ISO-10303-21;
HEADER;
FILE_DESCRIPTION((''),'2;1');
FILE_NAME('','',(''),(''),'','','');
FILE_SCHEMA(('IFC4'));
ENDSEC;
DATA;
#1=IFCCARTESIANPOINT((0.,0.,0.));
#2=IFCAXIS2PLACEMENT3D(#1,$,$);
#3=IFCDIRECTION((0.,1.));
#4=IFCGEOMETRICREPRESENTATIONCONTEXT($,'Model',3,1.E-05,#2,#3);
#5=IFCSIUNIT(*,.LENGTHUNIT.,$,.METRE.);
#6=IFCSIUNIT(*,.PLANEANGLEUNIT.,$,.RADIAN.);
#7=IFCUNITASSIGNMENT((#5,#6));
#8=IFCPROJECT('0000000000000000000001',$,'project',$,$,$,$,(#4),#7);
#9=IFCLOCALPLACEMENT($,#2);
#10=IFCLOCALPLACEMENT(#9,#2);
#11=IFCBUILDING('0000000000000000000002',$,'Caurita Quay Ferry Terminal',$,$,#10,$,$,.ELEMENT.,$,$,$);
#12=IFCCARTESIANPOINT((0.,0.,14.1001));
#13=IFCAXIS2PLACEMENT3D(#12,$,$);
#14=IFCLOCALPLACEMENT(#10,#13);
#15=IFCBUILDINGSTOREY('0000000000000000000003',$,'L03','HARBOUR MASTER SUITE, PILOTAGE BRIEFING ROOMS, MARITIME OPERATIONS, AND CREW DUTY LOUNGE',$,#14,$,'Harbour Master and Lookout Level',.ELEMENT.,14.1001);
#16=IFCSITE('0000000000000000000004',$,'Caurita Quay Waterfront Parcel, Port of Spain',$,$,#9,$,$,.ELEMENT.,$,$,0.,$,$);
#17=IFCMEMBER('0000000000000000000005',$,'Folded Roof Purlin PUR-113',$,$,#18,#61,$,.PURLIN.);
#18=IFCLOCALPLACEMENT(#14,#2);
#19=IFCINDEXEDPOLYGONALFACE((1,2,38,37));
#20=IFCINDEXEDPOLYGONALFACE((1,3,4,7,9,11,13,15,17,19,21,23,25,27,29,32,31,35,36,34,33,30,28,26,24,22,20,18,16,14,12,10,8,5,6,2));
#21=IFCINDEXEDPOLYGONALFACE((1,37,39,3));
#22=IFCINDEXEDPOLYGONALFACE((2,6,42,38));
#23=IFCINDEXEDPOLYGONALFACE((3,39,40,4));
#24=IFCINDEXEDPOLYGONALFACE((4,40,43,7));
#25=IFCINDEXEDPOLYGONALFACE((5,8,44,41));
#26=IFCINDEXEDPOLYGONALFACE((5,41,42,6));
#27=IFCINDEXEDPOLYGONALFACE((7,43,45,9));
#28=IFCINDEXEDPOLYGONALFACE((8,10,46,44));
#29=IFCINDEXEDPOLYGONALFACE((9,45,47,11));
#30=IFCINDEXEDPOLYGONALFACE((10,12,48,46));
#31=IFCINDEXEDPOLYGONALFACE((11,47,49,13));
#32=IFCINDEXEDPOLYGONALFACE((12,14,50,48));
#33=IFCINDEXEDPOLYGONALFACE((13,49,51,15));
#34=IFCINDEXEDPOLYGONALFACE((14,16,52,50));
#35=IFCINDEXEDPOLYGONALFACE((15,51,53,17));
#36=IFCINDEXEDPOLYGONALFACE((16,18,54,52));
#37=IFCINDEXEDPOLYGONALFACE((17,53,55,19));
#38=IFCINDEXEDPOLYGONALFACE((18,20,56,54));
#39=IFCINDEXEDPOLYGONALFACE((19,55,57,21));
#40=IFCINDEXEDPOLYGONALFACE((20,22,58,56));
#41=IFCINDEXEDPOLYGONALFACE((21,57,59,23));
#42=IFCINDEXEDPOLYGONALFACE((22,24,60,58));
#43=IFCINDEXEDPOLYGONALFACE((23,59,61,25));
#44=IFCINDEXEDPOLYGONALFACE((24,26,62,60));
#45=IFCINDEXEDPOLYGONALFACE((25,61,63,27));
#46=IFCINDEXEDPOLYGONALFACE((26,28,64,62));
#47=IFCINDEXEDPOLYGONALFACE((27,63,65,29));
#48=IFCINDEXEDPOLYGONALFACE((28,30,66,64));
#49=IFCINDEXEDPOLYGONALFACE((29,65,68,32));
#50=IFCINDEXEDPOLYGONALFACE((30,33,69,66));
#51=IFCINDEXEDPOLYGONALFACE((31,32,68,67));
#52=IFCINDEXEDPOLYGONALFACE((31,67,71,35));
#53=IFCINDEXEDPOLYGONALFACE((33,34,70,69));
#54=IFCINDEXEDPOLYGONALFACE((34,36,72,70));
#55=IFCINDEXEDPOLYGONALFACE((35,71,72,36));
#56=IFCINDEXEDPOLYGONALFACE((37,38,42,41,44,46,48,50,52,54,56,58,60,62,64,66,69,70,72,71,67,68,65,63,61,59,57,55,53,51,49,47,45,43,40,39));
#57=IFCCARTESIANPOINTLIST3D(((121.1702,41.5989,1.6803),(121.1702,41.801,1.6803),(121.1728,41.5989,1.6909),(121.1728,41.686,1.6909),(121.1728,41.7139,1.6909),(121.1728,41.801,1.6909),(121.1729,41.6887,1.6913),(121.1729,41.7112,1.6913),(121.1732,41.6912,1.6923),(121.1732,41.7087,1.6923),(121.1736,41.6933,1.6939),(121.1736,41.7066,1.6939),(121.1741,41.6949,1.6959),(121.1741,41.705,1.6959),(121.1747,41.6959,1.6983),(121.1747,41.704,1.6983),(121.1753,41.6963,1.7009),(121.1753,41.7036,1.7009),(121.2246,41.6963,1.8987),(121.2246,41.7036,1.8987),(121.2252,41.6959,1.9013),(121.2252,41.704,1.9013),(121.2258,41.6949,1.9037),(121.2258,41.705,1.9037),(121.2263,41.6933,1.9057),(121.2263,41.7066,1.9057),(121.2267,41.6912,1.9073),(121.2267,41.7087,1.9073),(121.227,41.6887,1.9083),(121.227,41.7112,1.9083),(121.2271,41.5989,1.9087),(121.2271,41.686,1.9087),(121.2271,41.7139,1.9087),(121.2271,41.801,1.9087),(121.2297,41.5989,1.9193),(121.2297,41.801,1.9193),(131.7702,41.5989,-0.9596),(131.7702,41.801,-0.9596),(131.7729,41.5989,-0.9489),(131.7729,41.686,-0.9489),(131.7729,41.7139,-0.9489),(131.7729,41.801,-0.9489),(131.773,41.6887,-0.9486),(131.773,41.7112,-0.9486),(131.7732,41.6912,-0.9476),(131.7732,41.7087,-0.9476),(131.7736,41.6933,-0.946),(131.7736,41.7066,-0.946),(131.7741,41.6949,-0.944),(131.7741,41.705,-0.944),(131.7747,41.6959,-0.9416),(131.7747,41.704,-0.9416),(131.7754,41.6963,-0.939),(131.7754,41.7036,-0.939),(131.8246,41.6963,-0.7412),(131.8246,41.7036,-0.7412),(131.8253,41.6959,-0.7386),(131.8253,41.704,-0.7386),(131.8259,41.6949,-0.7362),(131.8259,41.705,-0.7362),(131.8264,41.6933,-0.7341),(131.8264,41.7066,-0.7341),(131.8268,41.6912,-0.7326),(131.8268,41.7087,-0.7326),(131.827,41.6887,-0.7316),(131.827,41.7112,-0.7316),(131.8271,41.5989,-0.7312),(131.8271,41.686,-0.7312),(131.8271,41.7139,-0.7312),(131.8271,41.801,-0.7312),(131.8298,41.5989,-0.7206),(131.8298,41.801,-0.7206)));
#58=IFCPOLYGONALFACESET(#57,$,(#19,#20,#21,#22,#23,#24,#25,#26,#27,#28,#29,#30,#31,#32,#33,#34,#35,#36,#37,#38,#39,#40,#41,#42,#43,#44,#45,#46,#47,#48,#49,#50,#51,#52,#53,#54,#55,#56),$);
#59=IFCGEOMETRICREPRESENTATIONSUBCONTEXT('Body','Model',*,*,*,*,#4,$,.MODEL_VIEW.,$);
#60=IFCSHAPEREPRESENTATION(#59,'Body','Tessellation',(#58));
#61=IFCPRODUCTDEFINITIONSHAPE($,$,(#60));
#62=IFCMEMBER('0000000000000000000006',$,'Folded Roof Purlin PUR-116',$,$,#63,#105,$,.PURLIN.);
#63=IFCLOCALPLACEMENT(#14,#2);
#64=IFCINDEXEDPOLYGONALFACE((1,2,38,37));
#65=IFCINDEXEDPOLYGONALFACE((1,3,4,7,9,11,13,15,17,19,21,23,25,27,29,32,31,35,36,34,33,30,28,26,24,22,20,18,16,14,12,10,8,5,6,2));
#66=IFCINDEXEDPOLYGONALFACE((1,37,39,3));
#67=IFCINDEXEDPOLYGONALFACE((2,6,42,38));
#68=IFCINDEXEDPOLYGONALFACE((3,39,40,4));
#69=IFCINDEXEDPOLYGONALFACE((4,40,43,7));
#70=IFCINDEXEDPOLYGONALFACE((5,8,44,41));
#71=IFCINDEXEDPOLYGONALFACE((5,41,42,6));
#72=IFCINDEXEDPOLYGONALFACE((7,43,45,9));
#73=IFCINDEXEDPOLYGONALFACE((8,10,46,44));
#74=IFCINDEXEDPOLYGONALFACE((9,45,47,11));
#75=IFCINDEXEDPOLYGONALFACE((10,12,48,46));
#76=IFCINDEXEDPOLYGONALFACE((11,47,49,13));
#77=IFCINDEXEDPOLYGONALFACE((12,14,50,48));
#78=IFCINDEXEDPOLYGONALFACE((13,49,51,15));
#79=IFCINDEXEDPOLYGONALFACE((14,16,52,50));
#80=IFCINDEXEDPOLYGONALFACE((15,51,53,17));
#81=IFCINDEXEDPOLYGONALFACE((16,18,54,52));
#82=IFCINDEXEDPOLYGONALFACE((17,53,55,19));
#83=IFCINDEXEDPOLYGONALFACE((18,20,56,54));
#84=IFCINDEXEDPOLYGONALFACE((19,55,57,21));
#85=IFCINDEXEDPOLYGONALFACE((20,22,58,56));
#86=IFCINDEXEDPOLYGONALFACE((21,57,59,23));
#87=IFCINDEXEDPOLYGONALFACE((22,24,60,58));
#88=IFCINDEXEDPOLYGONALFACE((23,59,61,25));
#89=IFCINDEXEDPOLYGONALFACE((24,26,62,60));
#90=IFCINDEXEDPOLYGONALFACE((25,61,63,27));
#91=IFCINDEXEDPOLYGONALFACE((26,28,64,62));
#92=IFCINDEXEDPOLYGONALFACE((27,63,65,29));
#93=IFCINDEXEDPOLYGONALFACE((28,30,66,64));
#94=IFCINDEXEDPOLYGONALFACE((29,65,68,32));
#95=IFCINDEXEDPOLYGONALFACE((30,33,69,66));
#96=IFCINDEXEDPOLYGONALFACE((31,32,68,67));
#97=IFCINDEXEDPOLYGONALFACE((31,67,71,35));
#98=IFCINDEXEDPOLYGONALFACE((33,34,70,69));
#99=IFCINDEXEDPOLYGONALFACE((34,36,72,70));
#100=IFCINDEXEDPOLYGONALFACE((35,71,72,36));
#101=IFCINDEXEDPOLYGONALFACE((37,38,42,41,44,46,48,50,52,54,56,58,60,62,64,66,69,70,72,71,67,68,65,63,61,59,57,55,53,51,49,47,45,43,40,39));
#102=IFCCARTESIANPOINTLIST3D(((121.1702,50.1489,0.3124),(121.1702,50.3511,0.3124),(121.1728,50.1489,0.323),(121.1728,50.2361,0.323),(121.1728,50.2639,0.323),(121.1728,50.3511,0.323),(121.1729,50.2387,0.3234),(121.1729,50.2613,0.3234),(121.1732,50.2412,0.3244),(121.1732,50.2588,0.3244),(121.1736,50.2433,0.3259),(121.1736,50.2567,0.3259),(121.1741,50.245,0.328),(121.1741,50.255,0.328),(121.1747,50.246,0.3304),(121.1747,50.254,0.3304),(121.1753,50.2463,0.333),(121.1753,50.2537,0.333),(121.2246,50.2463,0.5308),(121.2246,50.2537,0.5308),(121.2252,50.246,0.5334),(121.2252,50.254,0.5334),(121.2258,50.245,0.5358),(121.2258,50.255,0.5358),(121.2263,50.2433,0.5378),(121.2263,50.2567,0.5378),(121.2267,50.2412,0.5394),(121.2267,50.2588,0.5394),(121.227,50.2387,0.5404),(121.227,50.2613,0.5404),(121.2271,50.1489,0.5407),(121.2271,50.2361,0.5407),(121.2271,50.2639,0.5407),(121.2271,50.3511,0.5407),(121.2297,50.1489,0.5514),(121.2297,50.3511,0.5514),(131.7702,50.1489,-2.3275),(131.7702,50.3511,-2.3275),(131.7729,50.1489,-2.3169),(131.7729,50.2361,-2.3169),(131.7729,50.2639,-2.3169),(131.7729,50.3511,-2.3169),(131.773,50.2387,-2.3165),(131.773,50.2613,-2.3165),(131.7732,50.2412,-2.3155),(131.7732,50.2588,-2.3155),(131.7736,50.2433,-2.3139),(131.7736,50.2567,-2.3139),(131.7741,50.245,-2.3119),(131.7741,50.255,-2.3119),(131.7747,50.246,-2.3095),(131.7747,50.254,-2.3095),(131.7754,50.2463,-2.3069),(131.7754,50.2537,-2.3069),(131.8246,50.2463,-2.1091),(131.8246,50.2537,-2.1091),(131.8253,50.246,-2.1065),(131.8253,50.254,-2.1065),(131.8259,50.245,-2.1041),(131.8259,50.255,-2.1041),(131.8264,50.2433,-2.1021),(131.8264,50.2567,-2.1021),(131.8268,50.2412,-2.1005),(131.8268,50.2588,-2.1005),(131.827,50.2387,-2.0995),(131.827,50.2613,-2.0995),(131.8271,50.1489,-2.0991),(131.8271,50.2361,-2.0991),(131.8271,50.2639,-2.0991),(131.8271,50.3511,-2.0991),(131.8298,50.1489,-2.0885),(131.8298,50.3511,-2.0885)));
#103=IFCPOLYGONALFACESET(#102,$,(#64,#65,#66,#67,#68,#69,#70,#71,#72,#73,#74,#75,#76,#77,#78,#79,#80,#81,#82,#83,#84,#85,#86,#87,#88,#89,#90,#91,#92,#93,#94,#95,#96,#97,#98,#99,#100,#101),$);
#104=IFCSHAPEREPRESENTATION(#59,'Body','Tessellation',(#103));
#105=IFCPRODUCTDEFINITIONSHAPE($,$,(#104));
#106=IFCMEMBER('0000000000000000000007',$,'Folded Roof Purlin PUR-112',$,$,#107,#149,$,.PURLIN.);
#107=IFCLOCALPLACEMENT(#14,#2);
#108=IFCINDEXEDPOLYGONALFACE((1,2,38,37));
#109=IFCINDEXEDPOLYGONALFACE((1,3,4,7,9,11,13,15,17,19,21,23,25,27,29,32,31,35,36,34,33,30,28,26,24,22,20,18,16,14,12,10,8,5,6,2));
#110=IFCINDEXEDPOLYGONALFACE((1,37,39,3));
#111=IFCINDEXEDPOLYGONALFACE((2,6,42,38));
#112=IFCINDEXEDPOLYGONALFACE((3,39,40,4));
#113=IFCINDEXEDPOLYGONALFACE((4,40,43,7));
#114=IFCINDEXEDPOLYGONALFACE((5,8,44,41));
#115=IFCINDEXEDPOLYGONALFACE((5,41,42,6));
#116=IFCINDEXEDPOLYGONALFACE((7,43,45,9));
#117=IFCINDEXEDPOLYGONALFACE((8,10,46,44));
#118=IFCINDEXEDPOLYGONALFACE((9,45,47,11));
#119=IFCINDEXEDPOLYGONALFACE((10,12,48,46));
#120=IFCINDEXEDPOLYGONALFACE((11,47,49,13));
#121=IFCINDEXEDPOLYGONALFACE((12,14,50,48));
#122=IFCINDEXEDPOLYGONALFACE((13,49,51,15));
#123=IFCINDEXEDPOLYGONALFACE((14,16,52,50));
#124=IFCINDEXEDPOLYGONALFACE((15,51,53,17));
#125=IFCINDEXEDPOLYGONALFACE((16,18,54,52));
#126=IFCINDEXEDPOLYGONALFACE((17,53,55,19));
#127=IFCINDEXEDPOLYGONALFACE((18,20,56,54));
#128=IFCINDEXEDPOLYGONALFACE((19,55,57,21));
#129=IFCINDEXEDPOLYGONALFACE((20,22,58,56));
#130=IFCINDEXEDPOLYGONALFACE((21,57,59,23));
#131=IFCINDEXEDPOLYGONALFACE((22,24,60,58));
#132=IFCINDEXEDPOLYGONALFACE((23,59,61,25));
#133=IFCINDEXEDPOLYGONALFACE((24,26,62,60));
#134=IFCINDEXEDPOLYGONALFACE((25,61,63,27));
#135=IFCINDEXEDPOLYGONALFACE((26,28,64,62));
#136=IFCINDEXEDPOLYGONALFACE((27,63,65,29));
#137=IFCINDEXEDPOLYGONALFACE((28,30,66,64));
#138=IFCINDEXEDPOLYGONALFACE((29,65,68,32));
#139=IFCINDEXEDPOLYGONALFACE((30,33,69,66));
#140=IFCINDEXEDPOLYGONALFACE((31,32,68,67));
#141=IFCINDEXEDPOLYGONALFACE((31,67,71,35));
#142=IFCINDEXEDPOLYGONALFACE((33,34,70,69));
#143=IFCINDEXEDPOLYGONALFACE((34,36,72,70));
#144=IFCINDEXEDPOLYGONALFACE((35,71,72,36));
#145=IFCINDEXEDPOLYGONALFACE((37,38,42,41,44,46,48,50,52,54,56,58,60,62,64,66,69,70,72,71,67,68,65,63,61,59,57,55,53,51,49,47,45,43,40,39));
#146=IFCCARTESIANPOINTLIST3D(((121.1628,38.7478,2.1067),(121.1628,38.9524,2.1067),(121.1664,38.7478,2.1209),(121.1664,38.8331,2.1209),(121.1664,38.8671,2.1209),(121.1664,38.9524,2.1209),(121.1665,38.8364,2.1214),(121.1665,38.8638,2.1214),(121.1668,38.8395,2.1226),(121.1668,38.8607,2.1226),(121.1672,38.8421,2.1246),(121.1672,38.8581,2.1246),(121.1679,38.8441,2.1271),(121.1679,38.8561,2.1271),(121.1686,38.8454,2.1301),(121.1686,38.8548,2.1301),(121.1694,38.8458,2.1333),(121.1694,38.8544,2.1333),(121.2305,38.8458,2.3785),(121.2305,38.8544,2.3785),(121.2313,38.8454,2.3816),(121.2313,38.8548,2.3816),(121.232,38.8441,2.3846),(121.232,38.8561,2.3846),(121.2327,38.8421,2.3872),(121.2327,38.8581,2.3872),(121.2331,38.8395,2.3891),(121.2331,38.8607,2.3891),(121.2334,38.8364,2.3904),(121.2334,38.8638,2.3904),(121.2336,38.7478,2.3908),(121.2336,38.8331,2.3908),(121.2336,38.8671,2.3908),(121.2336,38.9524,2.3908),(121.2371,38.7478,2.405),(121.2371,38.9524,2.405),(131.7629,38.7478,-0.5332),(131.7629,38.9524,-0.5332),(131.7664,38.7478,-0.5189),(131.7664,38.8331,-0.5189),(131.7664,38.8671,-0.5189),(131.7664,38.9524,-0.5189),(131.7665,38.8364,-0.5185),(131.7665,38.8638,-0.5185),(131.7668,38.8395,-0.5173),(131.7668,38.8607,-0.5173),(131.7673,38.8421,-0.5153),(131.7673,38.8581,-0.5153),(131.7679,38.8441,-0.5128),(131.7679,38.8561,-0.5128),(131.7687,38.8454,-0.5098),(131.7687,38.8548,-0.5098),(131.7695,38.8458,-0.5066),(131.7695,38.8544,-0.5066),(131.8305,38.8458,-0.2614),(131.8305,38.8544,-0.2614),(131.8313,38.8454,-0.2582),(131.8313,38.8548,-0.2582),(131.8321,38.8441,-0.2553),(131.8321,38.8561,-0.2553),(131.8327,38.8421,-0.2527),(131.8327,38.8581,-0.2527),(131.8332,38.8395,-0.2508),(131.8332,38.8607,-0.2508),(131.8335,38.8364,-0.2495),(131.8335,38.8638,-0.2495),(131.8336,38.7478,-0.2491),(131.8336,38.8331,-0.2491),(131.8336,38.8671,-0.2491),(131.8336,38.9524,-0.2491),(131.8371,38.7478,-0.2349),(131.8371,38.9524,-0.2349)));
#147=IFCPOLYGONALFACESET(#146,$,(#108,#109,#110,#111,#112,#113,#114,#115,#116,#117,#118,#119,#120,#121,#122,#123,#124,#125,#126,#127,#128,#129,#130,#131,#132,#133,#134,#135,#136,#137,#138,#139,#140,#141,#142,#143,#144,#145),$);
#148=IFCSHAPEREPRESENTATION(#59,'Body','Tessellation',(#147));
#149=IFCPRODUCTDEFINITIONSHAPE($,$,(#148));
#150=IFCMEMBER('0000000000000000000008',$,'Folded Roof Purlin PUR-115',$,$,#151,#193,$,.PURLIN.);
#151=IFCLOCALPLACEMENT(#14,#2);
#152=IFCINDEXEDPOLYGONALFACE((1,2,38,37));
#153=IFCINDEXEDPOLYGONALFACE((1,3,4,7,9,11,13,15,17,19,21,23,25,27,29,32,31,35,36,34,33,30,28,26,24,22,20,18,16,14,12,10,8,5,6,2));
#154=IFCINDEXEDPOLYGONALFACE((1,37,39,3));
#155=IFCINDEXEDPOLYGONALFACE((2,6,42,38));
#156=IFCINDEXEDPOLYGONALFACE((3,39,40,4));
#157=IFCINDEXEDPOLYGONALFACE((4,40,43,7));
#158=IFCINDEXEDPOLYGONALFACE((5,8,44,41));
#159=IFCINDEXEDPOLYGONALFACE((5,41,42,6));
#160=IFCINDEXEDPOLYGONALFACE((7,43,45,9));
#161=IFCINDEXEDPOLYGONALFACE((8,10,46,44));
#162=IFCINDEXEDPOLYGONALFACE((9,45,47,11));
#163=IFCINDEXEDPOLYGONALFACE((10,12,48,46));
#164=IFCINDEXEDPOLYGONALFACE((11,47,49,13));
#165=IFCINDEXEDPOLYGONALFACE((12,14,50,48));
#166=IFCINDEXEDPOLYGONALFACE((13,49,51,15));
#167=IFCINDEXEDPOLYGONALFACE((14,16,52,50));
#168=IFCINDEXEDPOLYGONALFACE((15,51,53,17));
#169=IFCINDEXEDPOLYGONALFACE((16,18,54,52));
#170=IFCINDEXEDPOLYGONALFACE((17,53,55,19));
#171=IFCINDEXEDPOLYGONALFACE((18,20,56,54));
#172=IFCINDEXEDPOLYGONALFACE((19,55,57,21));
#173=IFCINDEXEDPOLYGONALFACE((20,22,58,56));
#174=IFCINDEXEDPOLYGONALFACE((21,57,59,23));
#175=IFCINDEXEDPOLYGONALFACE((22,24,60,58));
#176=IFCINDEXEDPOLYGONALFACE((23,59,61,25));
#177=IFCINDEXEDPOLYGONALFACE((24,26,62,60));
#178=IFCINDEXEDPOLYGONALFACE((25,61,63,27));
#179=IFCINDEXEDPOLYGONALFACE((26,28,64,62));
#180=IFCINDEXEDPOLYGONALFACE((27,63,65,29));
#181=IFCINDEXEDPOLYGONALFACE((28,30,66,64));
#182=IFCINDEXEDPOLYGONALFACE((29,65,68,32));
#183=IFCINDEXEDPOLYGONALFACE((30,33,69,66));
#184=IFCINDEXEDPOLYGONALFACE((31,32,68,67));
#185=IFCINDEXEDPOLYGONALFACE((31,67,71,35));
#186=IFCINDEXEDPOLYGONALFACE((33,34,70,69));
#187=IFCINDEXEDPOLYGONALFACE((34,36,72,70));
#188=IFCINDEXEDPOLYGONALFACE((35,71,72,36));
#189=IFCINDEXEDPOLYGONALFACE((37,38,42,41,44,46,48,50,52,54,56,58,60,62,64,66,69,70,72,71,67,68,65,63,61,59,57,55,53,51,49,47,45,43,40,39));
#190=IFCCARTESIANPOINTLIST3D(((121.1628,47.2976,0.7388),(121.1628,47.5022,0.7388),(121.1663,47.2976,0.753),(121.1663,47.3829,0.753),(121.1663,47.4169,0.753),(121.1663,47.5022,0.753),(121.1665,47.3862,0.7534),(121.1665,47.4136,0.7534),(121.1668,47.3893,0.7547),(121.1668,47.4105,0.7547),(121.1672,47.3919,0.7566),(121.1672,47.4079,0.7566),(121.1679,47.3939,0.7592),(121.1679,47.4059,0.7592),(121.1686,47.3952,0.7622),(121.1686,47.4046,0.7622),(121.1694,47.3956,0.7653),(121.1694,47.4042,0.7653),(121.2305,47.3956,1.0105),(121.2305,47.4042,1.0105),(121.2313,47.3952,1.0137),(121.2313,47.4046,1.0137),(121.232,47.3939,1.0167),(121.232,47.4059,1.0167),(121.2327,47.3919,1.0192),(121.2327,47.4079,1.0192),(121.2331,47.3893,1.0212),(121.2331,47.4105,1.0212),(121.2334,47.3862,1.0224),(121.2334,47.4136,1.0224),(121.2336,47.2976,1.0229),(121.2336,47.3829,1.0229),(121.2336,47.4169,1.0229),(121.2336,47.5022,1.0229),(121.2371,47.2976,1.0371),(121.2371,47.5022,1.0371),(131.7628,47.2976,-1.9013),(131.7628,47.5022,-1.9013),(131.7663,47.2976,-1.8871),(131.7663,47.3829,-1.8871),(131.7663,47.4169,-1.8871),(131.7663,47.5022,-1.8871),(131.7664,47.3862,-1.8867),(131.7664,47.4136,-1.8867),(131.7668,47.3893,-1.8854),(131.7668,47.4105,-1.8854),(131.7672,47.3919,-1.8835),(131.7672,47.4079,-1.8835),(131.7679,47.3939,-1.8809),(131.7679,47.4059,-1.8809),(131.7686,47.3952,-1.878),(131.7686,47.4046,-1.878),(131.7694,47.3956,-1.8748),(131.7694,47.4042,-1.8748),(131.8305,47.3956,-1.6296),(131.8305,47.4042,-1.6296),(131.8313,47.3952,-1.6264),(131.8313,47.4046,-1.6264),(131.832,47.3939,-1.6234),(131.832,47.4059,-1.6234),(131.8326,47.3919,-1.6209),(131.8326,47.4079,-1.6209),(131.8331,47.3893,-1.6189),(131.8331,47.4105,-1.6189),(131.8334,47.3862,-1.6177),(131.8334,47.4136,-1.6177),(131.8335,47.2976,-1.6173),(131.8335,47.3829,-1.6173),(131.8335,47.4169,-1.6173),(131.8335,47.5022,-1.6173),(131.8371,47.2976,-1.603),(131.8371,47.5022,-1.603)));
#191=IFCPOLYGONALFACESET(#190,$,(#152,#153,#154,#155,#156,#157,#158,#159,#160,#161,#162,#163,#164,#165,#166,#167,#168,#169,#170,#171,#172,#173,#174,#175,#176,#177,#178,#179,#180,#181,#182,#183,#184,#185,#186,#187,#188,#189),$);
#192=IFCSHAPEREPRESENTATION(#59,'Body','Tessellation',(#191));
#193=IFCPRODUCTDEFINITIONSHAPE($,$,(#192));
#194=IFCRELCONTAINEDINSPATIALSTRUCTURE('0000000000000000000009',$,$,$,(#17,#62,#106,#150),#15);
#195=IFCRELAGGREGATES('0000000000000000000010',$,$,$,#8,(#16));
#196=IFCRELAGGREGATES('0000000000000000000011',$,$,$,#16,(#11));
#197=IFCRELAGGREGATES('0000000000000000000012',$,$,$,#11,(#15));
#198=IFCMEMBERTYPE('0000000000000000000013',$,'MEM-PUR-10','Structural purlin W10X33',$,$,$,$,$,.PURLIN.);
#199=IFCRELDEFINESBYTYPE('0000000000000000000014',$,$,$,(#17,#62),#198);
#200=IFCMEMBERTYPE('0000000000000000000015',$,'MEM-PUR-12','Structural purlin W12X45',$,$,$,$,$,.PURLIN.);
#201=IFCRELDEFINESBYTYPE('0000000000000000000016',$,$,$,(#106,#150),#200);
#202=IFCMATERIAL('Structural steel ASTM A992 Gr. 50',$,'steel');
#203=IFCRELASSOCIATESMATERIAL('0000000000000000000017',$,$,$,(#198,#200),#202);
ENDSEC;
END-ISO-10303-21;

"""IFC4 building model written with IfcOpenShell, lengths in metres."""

from ifc_helpers import new_model, si_unit, direction, frame, origin, origin_2d, place, context, subcontext, project, spatial, i_section, extrude, material, material_profile, profile_set, type_object, element, save


model = new_model("IFC4")

# Units and contexts
model_context = context("Model", 3, precision=1e-05, world=origin(), true_north=direction((0.0, 1.0)))
body_context = subcontext(model_context, "Body", "Model", "MODEL_VIEW")
ifc_project = project(units=[si_unit("LENGTHUNIT", "METRE"), si_unit("PLANEANGLEUNIT", "RADIAN")], contexts=[model_context])

# Site, building, storey
site_placement = place(None, origin())
site = spatial("IfcSite", under=ifc_project, at=site_placement, Name="Caurita Quay Waterfront Parcel, Port of Spain", CompositionType="ELEMENT", RefElevation=0.0)
building_placement = place(site_placement, origin())
building = spatial("IfcBuilding", under=site, at=building_placement, Name="Caurita Quay Ferry Terminal", CompositionType="ELEMENT")
storey_placement = place(building_placement, frame((0.0, 0.0, 14.1001)))
storey = spatial("IfcBuildingStorey", under=building, at=storey_placement, Name="L03", Description="HARBOUR MASTER SUITE, PILOTAGE BRIEFING ROOMS, MARITIME OPERATIONS, AND CREW DUTY LOUNGE", LongName="Harbour Master and Lookout Level", CompositionType="ELEMENT", Elevation=14.1001)

# Shared definitions
ifc_material_1 = material(Name="Structural steel ASTM A992 Gr. 50", Category="steel")

# Members
ifc_material_profile_1 = material_profile(ifc_material_1, i_section(OverallWidth=0.2021, OverallDepth=0.2463, WebThickness=0.0073, FlangeThickness=0.011, FilletRadius=0.0103, at=origin_2d()), Name="W10X33")
ifc_profile_set_1 = profile_set([ifc_material_profile_1], Name="Structural steel ASTM A992 Gr. 50")
member_type_1 = type_object("IfcMemberType", Name="MEM-PUR-10", Description="Structural purlin W10X33", PredefinedType="PURLIN", material=ifc_profile_set_1)
for number, where, z_axis, x_axis, name in (
    (1, (121.2, 41.7, 1.7998), (0.97036, 0.0, -0.241663), (0.0, 1.0, 0.0), "Folded Roof Purlin PUR-113"),
    (2, (121.2, 50.25, 0.4319), (0.97036, 0.0, -0.241663), (0.0, 1.0, 0.0), "Folded Roof Purlin PUR-116"),
):
    element("IfcMember", number, at=place(storey_placement, frame(where, z_axis=z_axis, x_axis=x_axis)), inside=storey, type_object=member_type_1, Name=name, PredefinedType="PURLIN", context=body_context, shape_type="SweptSolid", body=[
        extrude(i_section(OverallWidth=0.2021, OverallDepth=0.2463, WebThickness=0.0073, FlangeThickness=0.011, FilletRadius=0.0103, at=origin_2d()), origin(), (0.0, 0.0, 1.0), 10.9238),
    ])
ifc_material_profile_2 = material_profile(ifc_material_1, i_section(OverallWidth=0.2046, OverallDepth=0.3074, WebThickness=0.0085, FlangeThickness=0.0146, FilletRadius=0.0127, at=origin_2d()), Name="W12X45")
ifc_profile_set_2 = profile_set([ifc_material_profile_2], Name="Structural steel ASTM A992 Gr. 50")
member_type_2 = type_object("IfcMemberType", Name="MEM-PUR-12", Description="Structural purlin W12X45", PredefinedType="PURLIN", material=ifc_profile_set_2)
for number, where, z_axis, x_axis, name in (
    (3, (121.2, 38.8501, 2.2559), (0.97036, 0.0, -0.241663), (0.0, 1.0, 0.0), "Folded Roof Purlin PUR-112"),
    (4, (121.2, 47.3999, 0.8879), (0.970355, 0.0, -0.241684), (0.0, 1.0, 0.0), "Folded Roof Purlin PUR-115"),
):
    element("IfcMember", number, at=place(storey_placement, frame(where, z_axis=z_axis, x_axis=x_axis)), inside=storey, type_object=member_type_2, Name=name, PredefinedType="PURLIN", context=body_context, shape_type="SweptSolid", body=[
        extrude(i_section(OverallWidth=0.2046, OverallDepth=0.3074, WebThickness=0.0085, FlangeThickness=0.0146, FilletRadius=0.0127, at=origin_2d()), origin(), (0.0, 0.0, 1.0), 10.9238),
    ])

save(model, "model.ifc")
